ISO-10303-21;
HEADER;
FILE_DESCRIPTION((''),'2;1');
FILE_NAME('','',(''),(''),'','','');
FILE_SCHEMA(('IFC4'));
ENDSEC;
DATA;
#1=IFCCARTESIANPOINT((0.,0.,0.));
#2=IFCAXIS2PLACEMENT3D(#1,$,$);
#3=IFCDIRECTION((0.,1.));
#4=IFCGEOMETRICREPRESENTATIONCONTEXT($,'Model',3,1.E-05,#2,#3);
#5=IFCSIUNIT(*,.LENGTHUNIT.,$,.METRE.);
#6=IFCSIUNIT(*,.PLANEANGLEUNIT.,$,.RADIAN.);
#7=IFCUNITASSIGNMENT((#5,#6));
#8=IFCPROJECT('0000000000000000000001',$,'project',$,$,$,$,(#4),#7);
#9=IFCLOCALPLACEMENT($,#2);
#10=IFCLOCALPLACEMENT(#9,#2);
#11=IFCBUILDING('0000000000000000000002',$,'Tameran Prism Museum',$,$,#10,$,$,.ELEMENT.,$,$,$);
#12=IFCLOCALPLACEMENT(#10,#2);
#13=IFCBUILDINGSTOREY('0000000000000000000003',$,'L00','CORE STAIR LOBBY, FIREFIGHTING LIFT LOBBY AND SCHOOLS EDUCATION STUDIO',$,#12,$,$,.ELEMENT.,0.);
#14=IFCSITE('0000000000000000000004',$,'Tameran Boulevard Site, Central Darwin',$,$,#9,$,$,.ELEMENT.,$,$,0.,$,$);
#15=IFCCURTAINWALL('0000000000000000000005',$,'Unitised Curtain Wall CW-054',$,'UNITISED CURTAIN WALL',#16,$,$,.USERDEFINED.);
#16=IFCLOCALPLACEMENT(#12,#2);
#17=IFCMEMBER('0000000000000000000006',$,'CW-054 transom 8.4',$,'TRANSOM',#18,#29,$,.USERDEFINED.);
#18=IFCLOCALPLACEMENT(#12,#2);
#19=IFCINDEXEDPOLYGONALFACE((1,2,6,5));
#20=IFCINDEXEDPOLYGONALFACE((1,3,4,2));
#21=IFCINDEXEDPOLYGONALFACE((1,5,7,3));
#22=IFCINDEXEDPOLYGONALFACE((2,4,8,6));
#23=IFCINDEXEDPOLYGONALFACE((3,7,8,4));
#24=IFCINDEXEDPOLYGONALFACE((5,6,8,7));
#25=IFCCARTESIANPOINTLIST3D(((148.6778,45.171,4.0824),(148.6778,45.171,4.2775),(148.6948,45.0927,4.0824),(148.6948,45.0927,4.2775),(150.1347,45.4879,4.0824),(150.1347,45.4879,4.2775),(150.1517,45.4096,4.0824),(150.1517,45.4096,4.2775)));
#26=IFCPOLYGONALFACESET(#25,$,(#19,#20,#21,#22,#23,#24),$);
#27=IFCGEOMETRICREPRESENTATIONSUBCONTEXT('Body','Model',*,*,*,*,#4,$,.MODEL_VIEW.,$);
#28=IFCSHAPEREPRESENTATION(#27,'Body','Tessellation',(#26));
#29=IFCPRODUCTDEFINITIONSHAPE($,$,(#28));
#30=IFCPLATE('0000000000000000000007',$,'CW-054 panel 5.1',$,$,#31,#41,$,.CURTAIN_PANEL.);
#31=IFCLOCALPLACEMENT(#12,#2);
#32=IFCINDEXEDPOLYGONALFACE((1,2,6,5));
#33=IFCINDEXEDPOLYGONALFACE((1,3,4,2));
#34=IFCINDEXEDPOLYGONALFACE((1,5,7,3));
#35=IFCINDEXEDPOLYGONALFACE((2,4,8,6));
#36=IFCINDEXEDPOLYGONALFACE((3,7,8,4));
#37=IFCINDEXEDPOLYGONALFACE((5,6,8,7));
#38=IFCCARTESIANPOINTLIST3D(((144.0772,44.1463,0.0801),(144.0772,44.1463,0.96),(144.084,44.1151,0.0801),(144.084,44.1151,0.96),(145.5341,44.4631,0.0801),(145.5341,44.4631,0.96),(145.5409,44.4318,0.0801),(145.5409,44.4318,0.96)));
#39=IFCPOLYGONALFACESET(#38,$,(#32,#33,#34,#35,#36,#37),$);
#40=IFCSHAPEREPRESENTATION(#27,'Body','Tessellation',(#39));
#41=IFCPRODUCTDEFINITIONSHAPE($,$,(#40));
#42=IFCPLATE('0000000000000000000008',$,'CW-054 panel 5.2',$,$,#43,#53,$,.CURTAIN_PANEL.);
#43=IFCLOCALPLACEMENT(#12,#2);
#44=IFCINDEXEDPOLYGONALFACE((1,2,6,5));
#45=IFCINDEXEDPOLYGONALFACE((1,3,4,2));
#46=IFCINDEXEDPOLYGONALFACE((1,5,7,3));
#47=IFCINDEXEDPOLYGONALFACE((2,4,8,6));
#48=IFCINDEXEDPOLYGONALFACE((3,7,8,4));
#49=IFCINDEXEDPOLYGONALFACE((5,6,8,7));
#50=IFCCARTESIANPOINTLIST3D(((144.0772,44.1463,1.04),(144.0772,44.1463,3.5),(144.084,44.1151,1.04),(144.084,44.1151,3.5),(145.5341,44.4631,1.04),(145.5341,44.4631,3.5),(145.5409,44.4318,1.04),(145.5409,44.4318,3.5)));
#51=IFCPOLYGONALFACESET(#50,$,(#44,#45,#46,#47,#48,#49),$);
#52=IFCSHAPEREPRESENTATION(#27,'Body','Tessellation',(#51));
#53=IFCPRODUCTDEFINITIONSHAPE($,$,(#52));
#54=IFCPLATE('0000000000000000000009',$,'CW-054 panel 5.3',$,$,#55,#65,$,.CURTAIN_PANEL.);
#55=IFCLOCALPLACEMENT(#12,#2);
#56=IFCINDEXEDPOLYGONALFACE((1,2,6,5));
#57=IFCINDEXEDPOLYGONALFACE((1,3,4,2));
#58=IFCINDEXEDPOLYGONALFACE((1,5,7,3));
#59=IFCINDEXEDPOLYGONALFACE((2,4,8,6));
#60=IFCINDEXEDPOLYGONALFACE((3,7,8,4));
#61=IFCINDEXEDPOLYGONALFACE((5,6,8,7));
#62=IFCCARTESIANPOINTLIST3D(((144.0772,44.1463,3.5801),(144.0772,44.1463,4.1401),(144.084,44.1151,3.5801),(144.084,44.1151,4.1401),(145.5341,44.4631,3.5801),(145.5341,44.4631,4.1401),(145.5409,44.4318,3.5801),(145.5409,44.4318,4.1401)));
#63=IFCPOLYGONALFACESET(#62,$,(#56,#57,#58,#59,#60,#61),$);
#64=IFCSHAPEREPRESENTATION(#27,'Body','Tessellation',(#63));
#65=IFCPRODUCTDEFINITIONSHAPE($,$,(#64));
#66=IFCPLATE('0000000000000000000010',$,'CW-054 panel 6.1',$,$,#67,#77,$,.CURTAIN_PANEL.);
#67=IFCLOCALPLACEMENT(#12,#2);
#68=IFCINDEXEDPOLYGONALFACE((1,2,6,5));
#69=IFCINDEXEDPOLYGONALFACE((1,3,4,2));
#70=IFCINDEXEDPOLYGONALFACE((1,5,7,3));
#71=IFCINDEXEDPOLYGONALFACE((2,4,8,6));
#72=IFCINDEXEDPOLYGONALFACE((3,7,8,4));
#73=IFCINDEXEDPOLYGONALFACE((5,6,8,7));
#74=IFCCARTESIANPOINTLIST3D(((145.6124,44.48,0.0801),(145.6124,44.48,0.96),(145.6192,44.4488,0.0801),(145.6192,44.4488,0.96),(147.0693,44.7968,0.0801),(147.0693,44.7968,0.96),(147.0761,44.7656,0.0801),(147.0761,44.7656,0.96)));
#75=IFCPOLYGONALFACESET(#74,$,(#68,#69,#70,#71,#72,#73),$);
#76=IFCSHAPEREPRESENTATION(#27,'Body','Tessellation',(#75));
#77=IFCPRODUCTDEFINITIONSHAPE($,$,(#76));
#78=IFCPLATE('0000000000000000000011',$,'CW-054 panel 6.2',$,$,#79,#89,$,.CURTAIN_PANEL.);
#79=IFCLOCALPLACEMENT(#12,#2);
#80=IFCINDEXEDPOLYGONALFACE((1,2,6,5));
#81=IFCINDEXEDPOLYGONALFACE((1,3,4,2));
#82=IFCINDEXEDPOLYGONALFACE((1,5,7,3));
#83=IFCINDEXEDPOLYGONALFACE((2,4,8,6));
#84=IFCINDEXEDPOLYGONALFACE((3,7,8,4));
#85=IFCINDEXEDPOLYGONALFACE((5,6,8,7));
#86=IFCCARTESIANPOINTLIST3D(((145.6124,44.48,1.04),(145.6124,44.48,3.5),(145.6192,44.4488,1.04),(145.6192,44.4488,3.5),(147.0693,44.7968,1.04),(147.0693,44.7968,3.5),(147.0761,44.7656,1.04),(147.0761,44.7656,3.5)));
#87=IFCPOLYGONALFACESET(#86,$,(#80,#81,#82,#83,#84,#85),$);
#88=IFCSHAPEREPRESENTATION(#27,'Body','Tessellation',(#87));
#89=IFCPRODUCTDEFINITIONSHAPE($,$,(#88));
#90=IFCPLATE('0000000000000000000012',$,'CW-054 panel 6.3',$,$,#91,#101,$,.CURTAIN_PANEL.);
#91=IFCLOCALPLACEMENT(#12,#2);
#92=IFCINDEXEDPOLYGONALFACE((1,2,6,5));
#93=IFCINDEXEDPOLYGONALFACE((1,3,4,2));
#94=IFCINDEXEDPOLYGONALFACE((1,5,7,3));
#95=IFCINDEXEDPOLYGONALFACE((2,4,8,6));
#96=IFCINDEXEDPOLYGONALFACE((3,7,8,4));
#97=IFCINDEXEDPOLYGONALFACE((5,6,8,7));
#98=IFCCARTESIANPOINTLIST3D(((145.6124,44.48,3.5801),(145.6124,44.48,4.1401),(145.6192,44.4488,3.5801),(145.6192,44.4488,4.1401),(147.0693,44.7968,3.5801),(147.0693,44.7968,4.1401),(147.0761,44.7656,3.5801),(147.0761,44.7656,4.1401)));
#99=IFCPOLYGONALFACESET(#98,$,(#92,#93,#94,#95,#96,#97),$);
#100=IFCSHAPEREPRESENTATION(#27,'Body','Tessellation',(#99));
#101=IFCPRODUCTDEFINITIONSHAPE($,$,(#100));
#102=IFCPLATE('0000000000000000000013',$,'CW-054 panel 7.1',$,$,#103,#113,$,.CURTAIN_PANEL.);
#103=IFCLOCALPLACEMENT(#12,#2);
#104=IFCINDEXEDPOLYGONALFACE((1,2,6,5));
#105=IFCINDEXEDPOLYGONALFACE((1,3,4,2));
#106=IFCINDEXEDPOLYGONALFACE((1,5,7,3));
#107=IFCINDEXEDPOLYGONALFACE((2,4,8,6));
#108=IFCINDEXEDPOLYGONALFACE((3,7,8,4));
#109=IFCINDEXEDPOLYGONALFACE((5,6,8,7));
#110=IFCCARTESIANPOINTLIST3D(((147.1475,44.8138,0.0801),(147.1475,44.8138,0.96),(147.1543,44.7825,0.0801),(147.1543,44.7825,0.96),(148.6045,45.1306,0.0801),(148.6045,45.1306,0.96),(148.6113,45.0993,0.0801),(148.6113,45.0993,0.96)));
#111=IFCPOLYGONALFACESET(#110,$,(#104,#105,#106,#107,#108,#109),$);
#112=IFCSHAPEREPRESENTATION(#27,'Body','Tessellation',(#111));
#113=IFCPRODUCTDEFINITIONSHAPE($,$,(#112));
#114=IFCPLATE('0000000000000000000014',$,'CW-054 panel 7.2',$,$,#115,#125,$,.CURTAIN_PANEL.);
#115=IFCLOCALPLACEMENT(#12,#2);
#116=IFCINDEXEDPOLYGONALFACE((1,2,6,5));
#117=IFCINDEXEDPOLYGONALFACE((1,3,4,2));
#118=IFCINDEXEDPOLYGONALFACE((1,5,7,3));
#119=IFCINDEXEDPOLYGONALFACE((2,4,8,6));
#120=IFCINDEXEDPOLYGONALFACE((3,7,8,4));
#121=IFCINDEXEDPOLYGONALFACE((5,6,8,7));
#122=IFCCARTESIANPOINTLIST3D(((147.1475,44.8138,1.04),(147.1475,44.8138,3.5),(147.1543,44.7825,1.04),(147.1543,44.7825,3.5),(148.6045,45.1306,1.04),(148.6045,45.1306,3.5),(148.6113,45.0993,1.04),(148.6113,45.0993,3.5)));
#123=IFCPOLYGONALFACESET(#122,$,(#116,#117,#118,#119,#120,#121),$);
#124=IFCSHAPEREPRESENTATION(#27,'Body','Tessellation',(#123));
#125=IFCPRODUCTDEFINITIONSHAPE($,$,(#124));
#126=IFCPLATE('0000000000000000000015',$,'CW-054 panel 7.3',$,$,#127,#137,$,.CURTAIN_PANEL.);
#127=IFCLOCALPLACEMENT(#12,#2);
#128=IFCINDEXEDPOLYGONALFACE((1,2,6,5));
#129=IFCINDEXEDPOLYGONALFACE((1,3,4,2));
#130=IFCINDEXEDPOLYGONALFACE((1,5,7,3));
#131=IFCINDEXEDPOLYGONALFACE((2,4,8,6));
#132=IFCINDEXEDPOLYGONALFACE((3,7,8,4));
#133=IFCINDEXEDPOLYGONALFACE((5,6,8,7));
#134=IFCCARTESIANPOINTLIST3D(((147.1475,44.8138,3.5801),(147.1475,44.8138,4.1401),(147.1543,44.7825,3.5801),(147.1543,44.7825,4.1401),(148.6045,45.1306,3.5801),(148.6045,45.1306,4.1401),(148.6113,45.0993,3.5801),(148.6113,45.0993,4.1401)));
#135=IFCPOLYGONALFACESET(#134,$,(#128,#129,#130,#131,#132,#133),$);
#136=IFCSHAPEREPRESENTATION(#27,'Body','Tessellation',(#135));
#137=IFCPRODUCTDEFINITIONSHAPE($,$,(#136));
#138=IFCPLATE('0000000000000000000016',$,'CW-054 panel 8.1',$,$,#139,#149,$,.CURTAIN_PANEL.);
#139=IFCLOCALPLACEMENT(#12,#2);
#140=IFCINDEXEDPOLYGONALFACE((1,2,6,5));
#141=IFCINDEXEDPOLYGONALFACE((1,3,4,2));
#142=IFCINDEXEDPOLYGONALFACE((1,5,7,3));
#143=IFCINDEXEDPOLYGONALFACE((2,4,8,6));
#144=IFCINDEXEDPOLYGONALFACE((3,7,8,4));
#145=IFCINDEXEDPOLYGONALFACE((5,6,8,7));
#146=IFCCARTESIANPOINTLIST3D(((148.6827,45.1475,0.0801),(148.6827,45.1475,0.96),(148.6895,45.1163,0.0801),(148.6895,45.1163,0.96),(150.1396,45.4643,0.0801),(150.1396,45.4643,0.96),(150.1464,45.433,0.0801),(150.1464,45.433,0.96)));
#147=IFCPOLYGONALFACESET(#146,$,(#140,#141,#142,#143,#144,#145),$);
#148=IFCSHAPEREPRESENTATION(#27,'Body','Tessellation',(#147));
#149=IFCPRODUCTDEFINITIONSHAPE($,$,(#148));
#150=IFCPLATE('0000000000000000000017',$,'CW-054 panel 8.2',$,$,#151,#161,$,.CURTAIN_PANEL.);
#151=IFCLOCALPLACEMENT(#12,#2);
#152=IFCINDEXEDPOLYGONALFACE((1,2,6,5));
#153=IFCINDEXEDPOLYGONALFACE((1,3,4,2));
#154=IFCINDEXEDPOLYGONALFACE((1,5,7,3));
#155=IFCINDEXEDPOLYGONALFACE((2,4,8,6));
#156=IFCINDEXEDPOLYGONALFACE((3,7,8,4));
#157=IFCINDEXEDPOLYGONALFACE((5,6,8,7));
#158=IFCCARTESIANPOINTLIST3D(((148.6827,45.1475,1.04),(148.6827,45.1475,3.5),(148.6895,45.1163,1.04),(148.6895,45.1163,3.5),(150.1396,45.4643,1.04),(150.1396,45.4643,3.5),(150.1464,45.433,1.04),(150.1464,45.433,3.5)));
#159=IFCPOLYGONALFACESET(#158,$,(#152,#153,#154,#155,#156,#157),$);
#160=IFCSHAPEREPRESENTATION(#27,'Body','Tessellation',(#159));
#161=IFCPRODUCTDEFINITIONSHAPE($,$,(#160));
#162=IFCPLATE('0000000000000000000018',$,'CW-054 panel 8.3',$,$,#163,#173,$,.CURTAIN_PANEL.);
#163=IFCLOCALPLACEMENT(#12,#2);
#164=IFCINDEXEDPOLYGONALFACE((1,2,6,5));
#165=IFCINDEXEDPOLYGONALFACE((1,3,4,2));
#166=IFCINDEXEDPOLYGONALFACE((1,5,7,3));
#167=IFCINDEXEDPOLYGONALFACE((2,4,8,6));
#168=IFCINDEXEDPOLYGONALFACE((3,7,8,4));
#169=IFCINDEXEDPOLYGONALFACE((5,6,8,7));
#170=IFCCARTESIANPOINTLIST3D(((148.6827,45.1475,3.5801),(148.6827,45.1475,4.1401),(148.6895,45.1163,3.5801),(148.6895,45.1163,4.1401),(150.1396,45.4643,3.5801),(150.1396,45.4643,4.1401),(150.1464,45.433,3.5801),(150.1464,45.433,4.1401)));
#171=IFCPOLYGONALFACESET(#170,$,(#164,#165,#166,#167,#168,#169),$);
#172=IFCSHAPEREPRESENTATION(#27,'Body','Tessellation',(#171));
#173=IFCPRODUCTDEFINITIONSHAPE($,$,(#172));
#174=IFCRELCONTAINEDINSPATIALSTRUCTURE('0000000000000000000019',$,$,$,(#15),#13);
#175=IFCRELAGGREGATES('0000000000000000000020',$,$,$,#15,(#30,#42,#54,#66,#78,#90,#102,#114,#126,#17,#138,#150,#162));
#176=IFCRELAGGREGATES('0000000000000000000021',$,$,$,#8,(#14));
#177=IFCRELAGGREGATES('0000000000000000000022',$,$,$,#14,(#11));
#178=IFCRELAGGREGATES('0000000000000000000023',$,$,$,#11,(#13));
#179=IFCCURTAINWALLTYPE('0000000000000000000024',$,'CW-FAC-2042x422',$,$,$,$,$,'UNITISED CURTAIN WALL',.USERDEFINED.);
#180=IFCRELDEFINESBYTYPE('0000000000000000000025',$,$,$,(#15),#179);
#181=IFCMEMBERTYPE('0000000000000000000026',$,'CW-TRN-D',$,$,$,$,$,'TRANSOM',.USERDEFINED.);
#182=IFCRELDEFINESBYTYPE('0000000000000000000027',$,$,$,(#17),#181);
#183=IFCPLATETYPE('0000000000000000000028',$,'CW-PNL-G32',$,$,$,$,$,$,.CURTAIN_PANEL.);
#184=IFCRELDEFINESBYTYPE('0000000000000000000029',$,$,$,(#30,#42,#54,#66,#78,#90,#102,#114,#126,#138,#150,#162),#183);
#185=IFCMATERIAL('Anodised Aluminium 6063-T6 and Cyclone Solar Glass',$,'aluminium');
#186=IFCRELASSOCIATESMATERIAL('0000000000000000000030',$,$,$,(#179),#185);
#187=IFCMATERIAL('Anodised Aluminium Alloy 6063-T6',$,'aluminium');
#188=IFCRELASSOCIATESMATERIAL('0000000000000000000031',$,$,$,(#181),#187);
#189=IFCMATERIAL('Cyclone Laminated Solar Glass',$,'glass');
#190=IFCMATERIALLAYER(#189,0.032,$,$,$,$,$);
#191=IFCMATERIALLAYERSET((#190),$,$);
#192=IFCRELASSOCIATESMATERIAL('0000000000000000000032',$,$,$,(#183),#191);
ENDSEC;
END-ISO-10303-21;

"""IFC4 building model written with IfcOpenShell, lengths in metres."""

from ifc_helpers import new_model, si_unit, direction, frame, origin, origin_2d, place, context, subcontext, project, spatial, rectangle, extrude, material, layer, layer_set, material_profile, profile_set, type_object, element, aggregate, save


model = new_model("IFC4")

# Units and contexts
model_context = context("Model", 3, precision=1e-05, world=origin(), true_north=direction((0.0, 1.0)))
body_context = subcontext(model_context, "Body", "Model", "MODEL_VIEW")
ifc_project = project(units=[si_unit("LENGTHUNIT", "METRE"), si_unit("PLANEANGLEUNIT", "RADIAN")], contexts=[model_context])

# Site, building, storey
site_placement = place(None, origin())
site = spatial("IfcSite", under=ifc_project, at=site_placement, Name="Tameran Boulevard Site, Central Darwin", CompositionType="ELEMENT", RefElevation=0.0)
building_placement = place(site_placement, origin())
building = spatial("IfcBuilding", under=site, at=building_placement, Name="Tameran Prism Museum", CompositionType="ELEMENT")
storey_placement = place(building_placement, origin())
storey = spatial("IfcBuildingStorey", under=building, at=storey_placement, Name="L00", Description="CORE STAIR LOBBY, FIREFIGHTING LIFT LOBBY AND SCHOOLS EDUCATION STUDIO", CompositionType="ELEMENT", Elevation=0.0)

# Curtain wall, member, plates
ifc_material_1 = material(Name="Anodised Aluminium 6063-T6 and Cyclone Solar Glass", Category="aluminium")
curtain_wall_type = type_object("IfcCurtainWallType", Name="CW-FAC-2042x422", ElementType="UNITISED CURTAIN WALL", PredefinedType="USERDEFINED", material=ifc_material_1)
curtain_wall_placement = place(storey_placement, origin())
curtain_wall = element("IfcCurtainWall", 1, at=curtain_wall_placement, inside=storey, type_object=curtain_wall_type, Name="Unitised Curtain Wall CW-054", ObjectType="UNITISED CURTAIN WALL", PredefinedType="USERDEFINED")
ifc_material_2 = material(Name="Anodised Aluminium Alloy 6063-T6", Category="aluminium")
ifc_material_profile_1 = material_profile(ifc_material_2, rectangle(XDim=0.0801, YDim=0.1951, at=origin_2d()))
ifc_profile_set_1 = profile_set([ifc_material_profile_1])
member_type_1 = type_object("IfcMemberType", Name="CW-TRN-D", ElementType="TRANSOM", PredefinedType="USERDEFINED", material=ifc_profile_set_1)
member_1_placement = place(storey_placement, frame((148.6863, 45.1318, 4.1799), z_axis=(0.977148, 0.212559, 0.0), x_axis=(-0.212559, 0.977148, 0.0)))
member_1 = element("IfcMember", 2, at=member_1_placement, type_object=member_type_1, Name="CW-054 transom 8.4", ObjectType="TRANSOM", PredefinedType="USERDEFINED", context=body_context, shape_type="SweptSolid", body=[
    extrude(rectangle(XDim=0.0801, YDim=0.1951, at=origin_2d()), origin(), (0.0, 0.0, 1.0), 1.491),
])
ifc_material_3 = material(Name="Cyclone Laminated Solar Glass", Category="glass")
ifc_layer = layer(ifc_material_3, 0.032)
ifc_layer_set = layer_set([ifc_layer])
plate_type = type_object("IfcPlateType", Name="CW-PNL-G32", PredefinedType="CURTAIN_PANEL", material=ifc_layer_set)
plate_1_placement = place(storey_placement, frame((144.8091, 44.2891, 0.0801), z_axis=(0.0, 0.0, 1.0), x_axis=(0.977171, 0.212454, 0.0)))
plate_1 = element("IfcPlate", 3, at=plate_1_placement, type_object=plate_type, Name="CW-054 panel 5.1", PredefinedType="CURTAIN_PANEL", context=body_context, shape_type="SweptSolid", body=[
    extrude(rectangle(XDim=1.491, YDim=0.032, at=origin_2d()), origin(), (0.0, 0.0, 1.0), 0.8799),
])
plate_2_placement = place(storey_placement, frame((144.8091, 44.2891, 1.04), z_axis=(0.0, 0.0, 1.0), x_axis=(0.977171, 0.212454, 0.0)))
plate_2 = element("IfcPlate", 4, at=plate_2_placement, type_object=plate_type, Name="CW-054 panel 5.2", PredefinedType="CURTAIN_PANEL", context=body_context, shape_type="SweptSolid", body=[
    extrude(rectangle(XDim=1.491, YDim=0.032, at=origin_2d()), origin(), (0.0, 0.0, 1.0), 2.46),
])
plate_3_placement = place(storey_placement, frame((144.8091, 44.2891, 3.5801), z_axis=(0.0, 0.0, 1.0), x_axis=(0.977171, 0.212454, 0.0)))
plate_3 = element("IfcPlate", 5, at=plate_3_placement, type_object=plate_type, Name="CW-054 panel 5.3", PredefinedType="CURTAIN_PANEL", context=body_context, shape_type="SweptSolid", body=[
    extrude(rectangle(XDim=1.491, YDim=0.032, at=origin_2d()), origin(), (0.0, 0.0, 1.0), 0.5601),
])
plate_4_placement = place(storey_placement, frame((146.3442, 44.6228, 0.0801), z_axis=(0.0, 0.0, 1.0), x_axis=(0.977171, 0.212454, 0.0)))
plate_4 = element("IfcPlate", 6, at=plate_4_placement, type_object=plate_type, Name="CW-054 panel 6.1", PredefinedType="CURTAIN_PANEL", context=body_context, shape_type="SweptSolid", body=[
    extrude(rectangle(XDim=1.491, YDim=0.032, at=origin_2d()), origin(), (0.0, 0.0, 1.0), 0.8799),
])
plate_5_placement = place(storey_placement, frame((146.3442, 44.6228, 1.04), z_axis=(0.0, 0.0, 1.0), x_axis=(0.977171, 0.212454, 0.0)))
plate_5 = element("IfcPlate", 7, at=plate_5_placement, type_object=plate_type, Name="CW-054 panel 6.2", PredefinedType="CURTAIN_PANEL", context=body_context, shape_type="SweptSolid", body=[
    extrude(rectangle(XDim=1.491, YDim=0.032, at=origin_2d()), origin(), (0.0, 0.0, 1.0), 2.46),
])
plate_6_placement = place(storey_placement, frame((146.3442, 44.6228, 3.5801), z_axis=(0.0, 0.0, 1.0), x_axis=(0.977171, 0.212454, 0.0)))
plate_6 = element("IfcPlate", 8, at=plate_6_placement, type_object=plate_type, Name="CW-054 panel 6.3", PredefinedType="CURTAIN_PANEL", context=body_context, shape_type="SweptSolid", body=[
    extrude(rectangle(XDim=1.491, YDim=0.032, at=origin_2d()), origin(), (0.0, 0.0, 1.0), 0.5601),
])
plate_7_placement = place(storey_placement, frame((147.8794, 44.9565, 0.0801), z_axis=(0.0, 0.0, 1.0), x_axis=(0.977171, 0.212454, 0.0)))
plate_7 = element("IfcPlate", 9, at=plate_7_placement, type_object=plate_type, Name="CW-054 panel 7.1", PredefinedType="CURTAIN_PANEL", context=body_context, shape_type="SweptSolid", body=[
    extrude(rectangle(XDim=1.491, YDim=0.032, at=origin_2d()), origin(), (0.0, 0.0, 1.0), 0.8799),
])
plate_8_placement = place(storey_placement, frame((147.8794, 44.9565, 1.04), z_axis=(0.0, 0.0, 1.0), x_axis=(0.977171, 0.212454, 0.0)))
plate_8 = element("IfcPlate", 10, at=plate_8_placement, type_object=plate_type, Name="CW-054 panel 7.2", PredefinedType="CURTAIN_PANEL", context=body_context, shape_type="SweptSolid", body=[
    extrude(rectangle(XDim=1.491, YDim=0.032, at=origin_2d()), origin(), (0.0, 0.0, 1.0), 2.46),
])
plate_9_placement = place(storey_placement, frame((147.8794, 44.9565, 3.5801), z_axis=(0.0, 0.0, 1.0), x_axis=(0.977171, 0.212454, 0.0)))
plate_9 = element("IfcPlate", 11, at=plate_9_placement, type_object=plate_type, Name="CW-054 panel 7.3", PredefinedType="CURTAIN_PANEL", context=body_context, shape_type="SweptSolid", body=[
    extrude(rectangle(XDim=1.491, YDim=0.032, at=origin_2d()), origin(), (0.0, 0.0, 1.0), 0.5601),
])
plate_10_placement = place(storey_placement, frame((149.4146, 45.2903, 0.0801), z_axis=(0.0, 0.0, 1.0), x_axis=(0.977171, 0.212454, 0.0)))
plate_10 = element("IfcPlate", 12, at=plate_10_placement, type_object=plate_type, Name="CW-054 panel 8.1", PredefinedType="CURTAIN_PANEL", context=body_context, shape_type="SweptSolid", body=[
    extrude(rectangle(XDim=1.491, YDim=0.032, at=origin_2d()), origin(), (0.0, 0.0, 1.0), 0.8799),
])
plate_11_placement = place(storey_placement, frame((149.4146, 45.2903, 1.04), z_axis=(0.0, 0.0, 1.0), x_axis=(0.977171, 0.212454, 0.0)))
plate_11 = element("IfcPlate", 13, at=plate_11_placement, type_object=plate_type, Name="CW-054 panel 8.2", PredefinedType="CURTAIN_PANEL", context=body_context, shape_type="SweptSolid", body=[
    extrude(rectangle(XDim=1.491, YDim=0.032, at=origin_2d()), origin(), (0.0, 0.0, 1.0), 2.46),
])
plate_12_placement = place(storey_placement, frame((149.4146, 45.2903, 3.5801), z_axis=(0.0, 0.0, 1.0), x_axis=(0.977171, 0.212454, 0.0)))
plate_12 = element("IfcPlate", 14, at=plate_12_placement, type_object=plate_type, Name="CW-054 panel 8.3", PredefinedType="CURTAIN_PANEL", context=body_context, shape_type="SweptSolid", body=[
    extrude(rectangle(XDim=1.491, YDim=0.032, at=origin_2d()), origin(), (0.0, 0.0, 1.0), 0.5601),
])
aggregate(curtain_wall, [plate_1, plate_2, plate_3, plate_4, plate_5, plate_6, plate_7, plate_8, plate_9, member_1, plate_10, plate_11, plate_12])

save(model, "model.ifc")
